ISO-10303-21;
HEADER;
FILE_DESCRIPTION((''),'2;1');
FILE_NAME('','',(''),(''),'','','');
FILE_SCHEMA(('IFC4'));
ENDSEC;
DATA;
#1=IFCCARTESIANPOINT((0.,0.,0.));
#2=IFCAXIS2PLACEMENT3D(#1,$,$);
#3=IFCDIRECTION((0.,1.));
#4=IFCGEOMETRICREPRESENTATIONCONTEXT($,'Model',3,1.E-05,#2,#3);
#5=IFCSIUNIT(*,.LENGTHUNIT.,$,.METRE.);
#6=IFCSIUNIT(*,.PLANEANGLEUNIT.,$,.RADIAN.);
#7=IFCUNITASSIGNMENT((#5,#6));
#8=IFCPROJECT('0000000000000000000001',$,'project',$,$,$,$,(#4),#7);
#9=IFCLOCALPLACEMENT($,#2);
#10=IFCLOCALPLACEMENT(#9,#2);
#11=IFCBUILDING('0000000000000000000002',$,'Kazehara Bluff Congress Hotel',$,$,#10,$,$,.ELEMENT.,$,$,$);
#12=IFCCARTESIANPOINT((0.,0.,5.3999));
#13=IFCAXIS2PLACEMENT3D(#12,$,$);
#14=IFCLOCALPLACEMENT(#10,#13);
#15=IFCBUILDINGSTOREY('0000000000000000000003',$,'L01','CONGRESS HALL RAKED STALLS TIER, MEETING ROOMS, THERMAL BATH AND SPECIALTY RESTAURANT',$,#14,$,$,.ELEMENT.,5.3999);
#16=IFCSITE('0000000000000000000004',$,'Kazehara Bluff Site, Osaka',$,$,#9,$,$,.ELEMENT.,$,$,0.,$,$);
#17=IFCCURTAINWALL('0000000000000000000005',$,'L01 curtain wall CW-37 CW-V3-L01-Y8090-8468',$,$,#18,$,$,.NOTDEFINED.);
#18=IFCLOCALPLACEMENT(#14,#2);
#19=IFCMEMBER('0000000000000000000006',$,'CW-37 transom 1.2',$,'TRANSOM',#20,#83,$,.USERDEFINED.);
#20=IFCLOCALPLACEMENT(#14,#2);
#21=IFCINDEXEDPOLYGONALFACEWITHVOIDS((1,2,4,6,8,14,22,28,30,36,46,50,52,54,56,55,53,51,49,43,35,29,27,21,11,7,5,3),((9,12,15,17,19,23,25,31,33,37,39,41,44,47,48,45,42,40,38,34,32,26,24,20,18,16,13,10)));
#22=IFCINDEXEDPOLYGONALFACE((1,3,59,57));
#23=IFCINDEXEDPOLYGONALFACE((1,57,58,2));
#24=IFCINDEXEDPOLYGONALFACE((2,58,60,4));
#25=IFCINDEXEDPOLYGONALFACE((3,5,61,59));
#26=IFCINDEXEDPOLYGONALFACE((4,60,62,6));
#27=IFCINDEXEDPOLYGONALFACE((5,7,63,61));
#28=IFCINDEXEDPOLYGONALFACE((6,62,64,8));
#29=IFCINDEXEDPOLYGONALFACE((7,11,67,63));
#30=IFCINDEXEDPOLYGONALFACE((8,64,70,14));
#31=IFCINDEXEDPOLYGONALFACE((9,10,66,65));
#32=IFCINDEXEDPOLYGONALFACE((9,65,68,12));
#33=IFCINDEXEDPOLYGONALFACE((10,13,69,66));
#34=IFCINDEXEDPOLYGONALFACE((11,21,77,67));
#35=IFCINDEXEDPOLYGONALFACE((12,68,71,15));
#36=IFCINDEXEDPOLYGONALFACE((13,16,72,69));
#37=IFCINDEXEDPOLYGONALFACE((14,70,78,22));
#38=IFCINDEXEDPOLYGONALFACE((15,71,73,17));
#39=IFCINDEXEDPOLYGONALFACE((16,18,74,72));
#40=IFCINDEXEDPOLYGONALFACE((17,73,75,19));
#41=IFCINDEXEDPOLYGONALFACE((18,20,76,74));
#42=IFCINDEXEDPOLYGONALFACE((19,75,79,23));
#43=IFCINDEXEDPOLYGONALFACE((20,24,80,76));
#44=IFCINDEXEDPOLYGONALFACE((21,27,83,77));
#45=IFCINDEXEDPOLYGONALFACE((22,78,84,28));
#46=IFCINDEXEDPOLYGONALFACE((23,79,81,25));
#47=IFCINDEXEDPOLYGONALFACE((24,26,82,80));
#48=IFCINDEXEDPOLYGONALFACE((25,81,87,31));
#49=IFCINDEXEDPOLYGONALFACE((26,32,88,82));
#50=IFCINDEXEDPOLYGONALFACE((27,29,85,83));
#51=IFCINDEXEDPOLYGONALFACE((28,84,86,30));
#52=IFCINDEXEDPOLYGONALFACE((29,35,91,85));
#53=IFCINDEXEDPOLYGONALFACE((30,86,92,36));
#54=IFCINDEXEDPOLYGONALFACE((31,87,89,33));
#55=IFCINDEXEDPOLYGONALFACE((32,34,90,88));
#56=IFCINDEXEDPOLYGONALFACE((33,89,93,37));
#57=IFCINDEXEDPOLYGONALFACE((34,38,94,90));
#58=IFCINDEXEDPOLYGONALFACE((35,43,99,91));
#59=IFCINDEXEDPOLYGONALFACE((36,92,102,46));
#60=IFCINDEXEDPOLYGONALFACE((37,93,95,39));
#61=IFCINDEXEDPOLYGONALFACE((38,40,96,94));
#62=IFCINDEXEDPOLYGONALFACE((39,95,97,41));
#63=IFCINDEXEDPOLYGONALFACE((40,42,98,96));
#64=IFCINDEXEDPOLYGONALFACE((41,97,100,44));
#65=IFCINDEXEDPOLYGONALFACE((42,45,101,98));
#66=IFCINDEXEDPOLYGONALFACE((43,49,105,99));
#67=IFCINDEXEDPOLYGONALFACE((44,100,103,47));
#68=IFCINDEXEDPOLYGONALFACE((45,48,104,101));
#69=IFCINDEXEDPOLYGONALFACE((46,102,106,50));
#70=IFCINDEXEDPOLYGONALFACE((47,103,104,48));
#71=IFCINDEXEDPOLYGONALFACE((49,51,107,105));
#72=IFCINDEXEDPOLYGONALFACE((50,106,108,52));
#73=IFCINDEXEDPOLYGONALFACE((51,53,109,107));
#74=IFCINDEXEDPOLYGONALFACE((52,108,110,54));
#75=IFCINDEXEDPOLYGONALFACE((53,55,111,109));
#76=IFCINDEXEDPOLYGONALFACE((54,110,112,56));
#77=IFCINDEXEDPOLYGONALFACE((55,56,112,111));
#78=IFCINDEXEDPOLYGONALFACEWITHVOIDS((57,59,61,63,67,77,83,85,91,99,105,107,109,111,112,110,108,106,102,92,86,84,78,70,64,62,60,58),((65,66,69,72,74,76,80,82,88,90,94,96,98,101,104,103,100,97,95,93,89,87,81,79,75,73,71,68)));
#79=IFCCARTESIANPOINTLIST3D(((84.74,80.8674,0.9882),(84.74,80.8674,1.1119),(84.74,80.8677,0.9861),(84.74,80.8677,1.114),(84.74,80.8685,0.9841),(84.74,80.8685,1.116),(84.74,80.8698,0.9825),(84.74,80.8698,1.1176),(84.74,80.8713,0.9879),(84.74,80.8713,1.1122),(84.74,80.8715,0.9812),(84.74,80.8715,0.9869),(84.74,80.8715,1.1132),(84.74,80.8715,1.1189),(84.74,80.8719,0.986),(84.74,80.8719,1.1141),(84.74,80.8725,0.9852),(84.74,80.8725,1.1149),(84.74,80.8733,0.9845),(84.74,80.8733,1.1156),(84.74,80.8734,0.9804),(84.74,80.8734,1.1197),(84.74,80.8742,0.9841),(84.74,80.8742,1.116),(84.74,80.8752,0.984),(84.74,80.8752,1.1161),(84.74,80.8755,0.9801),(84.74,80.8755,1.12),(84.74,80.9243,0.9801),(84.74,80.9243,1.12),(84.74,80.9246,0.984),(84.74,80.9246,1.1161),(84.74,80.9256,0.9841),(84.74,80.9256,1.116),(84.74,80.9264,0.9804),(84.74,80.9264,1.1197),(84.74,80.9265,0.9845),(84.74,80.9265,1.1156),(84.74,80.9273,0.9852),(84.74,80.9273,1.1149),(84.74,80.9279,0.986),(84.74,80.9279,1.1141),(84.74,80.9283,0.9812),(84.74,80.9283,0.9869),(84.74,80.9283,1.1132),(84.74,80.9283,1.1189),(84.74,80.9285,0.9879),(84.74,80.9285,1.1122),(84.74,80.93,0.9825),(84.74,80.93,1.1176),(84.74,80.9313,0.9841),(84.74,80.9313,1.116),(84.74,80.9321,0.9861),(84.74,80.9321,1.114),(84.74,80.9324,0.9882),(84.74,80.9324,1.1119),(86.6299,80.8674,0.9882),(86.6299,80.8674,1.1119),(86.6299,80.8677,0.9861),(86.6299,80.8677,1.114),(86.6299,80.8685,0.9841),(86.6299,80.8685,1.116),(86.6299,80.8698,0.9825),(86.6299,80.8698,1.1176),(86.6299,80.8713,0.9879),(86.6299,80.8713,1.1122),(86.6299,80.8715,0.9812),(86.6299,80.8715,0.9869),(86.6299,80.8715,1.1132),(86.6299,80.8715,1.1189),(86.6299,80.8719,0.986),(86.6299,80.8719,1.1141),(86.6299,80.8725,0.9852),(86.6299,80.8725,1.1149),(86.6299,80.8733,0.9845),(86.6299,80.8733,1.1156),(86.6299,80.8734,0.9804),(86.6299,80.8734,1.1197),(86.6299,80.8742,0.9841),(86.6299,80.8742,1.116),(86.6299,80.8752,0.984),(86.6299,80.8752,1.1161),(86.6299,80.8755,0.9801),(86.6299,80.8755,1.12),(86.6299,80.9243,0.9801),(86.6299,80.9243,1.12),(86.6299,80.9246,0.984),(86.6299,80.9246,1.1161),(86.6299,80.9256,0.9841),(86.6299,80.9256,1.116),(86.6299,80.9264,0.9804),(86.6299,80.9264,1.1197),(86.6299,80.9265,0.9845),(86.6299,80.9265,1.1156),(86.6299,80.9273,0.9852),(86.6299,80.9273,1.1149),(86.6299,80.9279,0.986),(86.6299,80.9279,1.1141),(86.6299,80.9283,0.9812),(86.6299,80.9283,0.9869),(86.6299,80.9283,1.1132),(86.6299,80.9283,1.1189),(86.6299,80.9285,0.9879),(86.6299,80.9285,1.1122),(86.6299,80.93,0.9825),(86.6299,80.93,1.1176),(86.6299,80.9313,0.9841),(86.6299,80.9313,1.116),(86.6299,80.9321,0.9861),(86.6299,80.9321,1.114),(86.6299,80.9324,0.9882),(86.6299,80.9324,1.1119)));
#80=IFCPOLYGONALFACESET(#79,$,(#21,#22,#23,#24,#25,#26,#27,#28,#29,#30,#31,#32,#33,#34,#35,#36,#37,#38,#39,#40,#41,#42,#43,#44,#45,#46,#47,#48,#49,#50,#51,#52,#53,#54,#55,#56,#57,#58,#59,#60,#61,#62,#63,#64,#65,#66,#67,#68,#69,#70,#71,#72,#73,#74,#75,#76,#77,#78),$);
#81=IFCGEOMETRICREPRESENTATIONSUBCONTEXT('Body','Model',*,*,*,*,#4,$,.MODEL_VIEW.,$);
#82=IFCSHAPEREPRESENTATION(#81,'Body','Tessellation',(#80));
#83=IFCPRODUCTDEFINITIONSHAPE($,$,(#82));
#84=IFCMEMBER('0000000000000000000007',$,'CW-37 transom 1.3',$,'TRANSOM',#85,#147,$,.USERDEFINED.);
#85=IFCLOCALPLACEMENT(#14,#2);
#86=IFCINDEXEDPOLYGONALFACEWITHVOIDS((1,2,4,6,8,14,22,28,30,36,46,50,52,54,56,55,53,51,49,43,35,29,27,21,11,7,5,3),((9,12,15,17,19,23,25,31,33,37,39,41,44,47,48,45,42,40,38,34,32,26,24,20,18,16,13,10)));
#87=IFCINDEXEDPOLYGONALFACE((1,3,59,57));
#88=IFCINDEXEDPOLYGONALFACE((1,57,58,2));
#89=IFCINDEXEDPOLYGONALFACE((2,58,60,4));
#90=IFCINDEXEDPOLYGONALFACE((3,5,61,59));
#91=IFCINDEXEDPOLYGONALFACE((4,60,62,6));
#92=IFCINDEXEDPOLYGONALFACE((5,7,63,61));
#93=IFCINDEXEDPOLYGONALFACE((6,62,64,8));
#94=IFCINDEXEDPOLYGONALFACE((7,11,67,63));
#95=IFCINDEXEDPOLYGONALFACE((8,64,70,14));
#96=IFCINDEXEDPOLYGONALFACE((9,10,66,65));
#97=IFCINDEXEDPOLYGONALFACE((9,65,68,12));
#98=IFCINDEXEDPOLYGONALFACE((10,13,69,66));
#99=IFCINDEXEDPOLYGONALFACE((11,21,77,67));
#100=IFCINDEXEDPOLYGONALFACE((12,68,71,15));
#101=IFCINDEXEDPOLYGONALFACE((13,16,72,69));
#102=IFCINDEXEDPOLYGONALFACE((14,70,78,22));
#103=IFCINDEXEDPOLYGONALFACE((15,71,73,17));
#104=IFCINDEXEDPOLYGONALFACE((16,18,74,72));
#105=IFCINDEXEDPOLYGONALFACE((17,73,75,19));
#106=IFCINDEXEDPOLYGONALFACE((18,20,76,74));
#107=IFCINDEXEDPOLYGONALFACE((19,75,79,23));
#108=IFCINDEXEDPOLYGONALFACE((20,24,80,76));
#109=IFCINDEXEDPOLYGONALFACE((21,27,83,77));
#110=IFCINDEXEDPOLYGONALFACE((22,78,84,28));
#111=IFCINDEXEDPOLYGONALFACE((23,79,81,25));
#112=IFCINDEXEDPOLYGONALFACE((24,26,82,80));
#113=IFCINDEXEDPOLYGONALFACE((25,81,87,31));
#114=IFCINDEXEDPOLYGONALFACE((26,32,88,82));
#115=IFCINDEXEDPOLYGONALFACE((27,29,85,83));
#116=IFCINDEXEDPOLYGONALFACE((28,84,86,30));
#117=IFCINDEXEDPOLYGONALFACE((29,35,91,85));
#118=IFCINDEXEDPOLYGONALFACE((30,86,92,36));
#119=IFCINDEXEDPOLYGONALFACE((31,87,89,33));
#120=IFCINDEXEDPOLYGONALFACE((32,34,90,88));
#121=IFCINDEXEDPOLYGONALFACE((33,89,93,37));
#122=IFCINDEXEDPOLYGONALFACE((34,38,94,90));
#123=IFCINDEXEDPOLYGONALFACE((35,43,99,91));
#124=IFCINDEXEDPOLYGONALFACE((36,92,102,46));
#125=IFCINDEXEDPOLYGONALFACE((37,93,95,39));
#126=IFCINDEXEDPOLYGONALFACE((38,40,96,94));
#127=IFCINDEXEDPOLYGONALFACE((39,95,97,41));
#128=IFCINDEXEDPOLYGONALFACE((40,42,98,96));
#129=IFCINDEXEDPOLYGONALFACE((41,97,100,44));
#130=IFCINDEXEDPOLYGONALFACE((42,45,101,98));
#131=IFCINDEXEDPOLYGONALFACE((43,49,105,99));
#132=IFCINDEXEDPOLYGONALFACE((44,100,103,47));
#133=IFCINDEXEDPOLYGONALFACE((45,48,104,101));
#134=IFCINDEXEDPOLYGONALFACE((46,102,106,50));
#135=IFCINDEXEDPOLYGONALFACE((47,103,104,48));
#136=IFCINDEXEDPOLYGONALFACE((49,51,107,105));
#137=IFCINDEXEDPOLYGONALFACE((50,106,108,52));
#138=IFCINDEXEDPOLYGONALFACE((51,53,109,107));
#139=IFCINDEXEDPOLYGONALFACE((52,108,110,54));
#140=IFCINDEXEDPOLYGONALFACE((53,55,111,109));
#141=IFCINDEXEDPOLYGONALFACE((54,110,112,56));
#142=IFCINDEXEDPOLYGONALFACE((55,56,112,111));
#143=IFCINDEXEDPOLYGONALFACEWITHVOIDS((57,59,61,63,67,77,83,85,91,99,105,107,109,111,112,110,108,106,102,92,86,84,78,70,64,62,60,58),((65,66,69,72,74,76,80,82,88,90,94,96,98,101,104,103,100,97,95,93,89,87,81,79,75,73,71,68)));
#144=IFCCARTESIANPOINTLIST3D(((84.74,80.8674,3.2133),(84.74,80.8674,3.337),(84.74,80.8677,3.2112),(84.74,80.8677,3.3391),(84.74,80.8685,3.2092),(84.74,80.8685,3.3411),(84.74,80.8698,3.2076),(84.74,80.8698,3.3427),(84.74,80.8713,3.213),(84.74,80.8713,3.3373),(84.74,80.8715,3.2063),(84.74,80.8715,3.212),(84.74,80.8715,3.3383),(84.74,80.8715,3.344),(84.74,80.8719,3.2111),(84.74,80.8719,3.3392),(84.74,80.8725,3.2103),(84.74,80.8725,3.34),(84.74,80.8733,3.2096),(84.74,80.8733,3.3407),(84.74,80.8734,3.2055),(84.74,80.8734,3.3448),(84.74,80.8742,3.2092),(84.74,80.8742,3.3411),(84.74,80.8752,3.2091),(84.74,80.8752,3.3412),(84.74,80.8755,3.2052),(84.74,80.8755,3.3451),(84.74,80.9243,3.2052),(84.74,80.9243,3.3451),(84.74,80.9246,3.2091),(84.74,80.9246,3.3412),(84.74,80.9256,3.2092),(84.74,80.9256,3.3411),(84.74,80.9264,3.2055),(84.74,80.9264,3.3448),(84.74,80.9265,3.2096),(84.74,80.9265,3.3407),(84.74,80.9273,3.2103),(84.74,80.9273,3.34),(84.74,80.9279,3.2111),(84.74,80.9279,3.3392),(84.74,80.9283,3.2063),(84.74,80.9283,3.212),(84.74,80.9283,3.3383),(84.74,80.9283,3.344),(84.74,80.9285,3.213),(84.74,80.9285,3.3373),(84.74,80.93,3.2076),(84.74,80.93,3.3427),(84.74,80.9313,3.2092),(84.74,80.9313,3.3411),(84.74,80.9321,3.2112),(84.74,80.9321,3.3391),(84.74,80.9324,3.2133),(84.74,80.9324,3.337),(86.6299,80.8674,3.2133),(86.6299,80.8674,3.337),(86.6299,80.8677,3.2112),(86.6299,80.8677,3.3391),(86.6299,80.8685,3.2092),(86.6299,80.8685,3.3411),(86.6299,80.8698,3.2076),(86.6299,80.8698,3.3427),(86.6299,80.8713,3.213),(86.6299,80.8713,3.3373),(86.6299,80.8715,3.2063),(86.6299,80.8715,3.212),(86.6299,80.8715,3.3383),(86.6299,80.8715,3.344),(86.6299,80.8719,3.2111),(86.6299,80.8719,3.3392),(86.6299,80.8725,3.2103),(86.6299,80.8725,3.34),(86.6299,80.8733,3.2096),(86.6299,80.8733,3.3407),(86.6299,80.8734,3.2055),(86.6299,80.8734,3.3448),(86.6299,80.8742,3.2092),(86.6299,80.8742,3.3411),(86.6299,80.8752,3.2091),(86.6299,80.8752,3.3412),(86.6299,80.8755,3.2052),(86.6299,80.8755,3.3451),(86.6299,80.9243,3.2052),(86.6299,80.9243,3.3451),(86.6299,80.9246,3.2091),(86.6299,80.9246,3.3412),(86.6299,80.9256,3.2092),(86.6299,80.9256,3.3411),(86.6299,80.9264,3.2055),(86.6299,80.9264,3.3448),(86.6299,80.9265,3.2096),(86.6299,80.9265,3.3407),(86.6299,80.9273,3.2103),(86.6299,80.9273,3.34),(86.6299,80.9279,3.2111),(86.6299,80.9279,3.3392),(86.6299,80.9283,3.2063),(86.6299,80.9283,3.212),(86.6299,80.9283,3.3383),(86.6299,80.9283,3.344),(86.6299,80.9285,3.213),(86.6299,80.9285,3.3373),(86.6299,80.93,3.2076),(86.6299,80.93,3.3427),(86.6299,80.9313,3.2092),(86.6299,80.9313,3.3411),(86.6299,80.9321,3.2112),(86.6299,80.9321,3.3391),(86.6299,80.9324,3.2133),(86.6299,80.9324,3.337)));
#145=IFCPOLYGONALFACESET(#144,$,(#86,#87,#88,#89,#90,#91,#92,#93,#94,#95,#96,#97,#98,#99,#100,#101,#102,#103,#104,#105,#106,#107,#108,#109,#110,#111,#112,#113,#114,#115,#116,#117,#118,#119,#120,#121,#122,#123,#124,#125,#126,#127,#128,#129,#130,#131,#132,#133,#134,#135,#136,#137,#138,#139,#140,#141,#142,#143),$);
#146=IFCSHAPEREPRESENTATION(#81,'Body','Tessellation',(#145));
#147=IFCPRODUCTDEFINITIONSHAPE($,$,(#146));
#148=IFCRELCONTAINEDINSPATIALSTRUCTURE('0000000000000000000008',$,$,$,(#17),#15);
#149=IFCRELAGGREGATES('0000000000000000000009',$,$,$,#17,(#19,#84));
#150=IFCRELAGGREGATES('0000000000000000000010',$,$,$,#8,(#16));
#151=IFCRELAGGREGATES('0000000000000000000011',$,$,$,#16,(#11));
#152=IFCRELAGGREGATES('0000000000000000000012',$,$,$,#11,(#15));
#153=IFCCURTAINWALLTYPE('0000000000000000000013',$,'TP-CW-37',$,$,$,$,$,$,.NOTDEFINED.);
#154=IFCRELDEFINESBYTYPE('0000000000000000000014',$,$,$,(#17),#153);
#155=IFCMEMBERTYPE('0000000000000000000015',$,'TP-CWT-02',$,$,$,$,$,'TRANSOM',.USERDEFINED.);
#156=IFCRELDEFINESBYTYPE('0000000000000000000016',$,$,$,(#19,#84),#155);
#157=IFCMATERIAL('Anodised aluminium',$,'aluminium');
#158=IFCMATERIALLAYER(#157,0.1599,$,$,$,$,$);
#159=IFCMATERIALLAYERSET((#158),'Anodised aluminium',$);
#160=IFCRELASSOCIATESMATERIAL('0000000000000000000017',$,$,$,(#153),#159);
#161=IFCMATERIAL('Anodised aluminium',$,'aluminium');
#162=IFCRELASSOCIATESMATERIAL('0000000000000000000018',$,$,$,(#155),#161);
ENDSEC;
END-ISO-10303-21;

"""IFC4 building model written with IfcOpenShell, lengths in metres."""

from ifc_helpers import new_model, si_unit, direction, frame, origin, origin_2d, place, context, subcontext, project, spatial, hollow_rectangle, extrude, material, layer, layer_set, material_profile, profile_set, type_object, element, aggregate, save


model = new_model("IFC4")

# Units and contexts
model_context = context("Model", 3, precision=1e-05, world=origin(), true_north=direction((0.0, 1.0)))
body_context = subcontext(model_context, "Body", "Model", "MODEL_VIEW")
ifc_project = project(units=[si_unit("LENGTHUNIT", "METRE"), si_unit("PLANEANGLEUNIT", "RADIAN")], contexts=[model_context])

# Site, building, storey
site_placement = place(None, origin())
site = spatial("IfcSite", under=ifc_project, at=site_placement, Name="Kazehara Bluff Site, Osaka", CompositionType="ELEMENT", RefElevation=0.0)
building_placement = place(site_placement, origin())
building = spatial("IfcBuilding", under=site, at=building_placement, Name="Kazehara Bluff Congress Hotel", CompositionType="ELEMENT")
storey_placement = place(building_placement, frame((0.0, 0.0, 5.3999)))
storey = spatial("IfcBuildingStorey", under=building, at=storey_placement, Name="L01", Description="CONGRESS HALL RAKED STALLS TIER, MEETING ROOMS, THERMAL BATH AND SPECIALTY RESTAURANT", CompositionType="ELEMENT", Elevation=5.3999)

# Curtain wall
ifc_material_1 = material(Name="Anodised aluminium", Category="aluminium")
ifc_layer_1 = layer(ifc_material_1, 0.1599)
ifc_layer_set_1 = layer_set([ifc_layer_1], Name="Anodised aluminium")
curtain_wall_type_1 = type_object("IfcCurtainWallType", Name="TP-CW-37", PredefinedType="NOTDEFINED", material=ifc_layer_set_1)
curtain_wall_1_placement = place(storey_placement, origin())
curtain_wall_1 = element("IfcCurtainWall", 1, at=curtain_wall_1_placement, inside=storey, type_object=curtain_wall_type_1, Name="L01 curtain wall CW-37 CW-V3-L01-Y8090-8468", PredefinedType="NOTDEFINED")

# Members
ifc_material_2 = material(Name="Anodised aluminium", Category="aluminium")
ifc_material_profile_1 = material_profile(ifc_material_2, hollow_rectangle(XDim=0.0649, YDim=0.1399, WallThickness=0.0039, InnerFilletRadius=0.0039, OuterFilletRadius=0.0081, at=origin_2d()))
ifc_profile_set_1 = profile_set([ifc_material_profile_1], Name="Anodised aluminium")
member_type_1 = type_object("IfcMemberType", Name="TP-CWT-02", ElementType="TRANSOM", PredefinedType="USERDEFINED", material=ifc_profile_set_1)
member_1_placement = place(storey_placement, frame((84.74, 80.8999, 1.05), z_axis=(1.0, 0.0, 0.0), x_axis=(0.0, 1.0, 0.0)))
member_1 = element("IfcMember", 2, at=member_1_placement, type_object=member_type_1, Name="CW-37 transom 1.2", ObjectType="TRANSOM", PredefinedType="USERDEFINED", context=body_context, shape_type="SweptSolid", body=[
    extrude(hollow_rectangle(XDim=0.0649, YDim=0.1399, WallThickness=0.0039, InnerFilletRadius=0.0039, OuterFilletRadius=0.0081, at=origin_2d()), origin(), (0.0, 0.0, 1.0), 1.8899),
])
member_2_placement = place(storey_placement, frame((84.74, 80.8999, 3.2751), z_axis=(1.0, 0.0, 0.0), x_axis=(0.0, 1.0, 0.0)))
member_2 = element("IfcMember", 3, at=member_2_placement, type_object=member_type_1, Name="CW-37 transom 1.3", ObjectType="TRANSOM", PredefinedType="USERDEFINED", context=body_context, shape_type="SweptSolid", body=[
    extrude(hollow_rectangle(XDim=0.0649, YDim=0.1399, WallThickness=0.0039, InnerFilletRadius=0.0039, OuterFilletRadius=0.0081, at=origin_2d()), origin(), (0.0, 0.0, 1.0), 1.8899),
])

aggregate(curtain_wall_1, [member_1, member_2])

save(model, "model.ifc")
